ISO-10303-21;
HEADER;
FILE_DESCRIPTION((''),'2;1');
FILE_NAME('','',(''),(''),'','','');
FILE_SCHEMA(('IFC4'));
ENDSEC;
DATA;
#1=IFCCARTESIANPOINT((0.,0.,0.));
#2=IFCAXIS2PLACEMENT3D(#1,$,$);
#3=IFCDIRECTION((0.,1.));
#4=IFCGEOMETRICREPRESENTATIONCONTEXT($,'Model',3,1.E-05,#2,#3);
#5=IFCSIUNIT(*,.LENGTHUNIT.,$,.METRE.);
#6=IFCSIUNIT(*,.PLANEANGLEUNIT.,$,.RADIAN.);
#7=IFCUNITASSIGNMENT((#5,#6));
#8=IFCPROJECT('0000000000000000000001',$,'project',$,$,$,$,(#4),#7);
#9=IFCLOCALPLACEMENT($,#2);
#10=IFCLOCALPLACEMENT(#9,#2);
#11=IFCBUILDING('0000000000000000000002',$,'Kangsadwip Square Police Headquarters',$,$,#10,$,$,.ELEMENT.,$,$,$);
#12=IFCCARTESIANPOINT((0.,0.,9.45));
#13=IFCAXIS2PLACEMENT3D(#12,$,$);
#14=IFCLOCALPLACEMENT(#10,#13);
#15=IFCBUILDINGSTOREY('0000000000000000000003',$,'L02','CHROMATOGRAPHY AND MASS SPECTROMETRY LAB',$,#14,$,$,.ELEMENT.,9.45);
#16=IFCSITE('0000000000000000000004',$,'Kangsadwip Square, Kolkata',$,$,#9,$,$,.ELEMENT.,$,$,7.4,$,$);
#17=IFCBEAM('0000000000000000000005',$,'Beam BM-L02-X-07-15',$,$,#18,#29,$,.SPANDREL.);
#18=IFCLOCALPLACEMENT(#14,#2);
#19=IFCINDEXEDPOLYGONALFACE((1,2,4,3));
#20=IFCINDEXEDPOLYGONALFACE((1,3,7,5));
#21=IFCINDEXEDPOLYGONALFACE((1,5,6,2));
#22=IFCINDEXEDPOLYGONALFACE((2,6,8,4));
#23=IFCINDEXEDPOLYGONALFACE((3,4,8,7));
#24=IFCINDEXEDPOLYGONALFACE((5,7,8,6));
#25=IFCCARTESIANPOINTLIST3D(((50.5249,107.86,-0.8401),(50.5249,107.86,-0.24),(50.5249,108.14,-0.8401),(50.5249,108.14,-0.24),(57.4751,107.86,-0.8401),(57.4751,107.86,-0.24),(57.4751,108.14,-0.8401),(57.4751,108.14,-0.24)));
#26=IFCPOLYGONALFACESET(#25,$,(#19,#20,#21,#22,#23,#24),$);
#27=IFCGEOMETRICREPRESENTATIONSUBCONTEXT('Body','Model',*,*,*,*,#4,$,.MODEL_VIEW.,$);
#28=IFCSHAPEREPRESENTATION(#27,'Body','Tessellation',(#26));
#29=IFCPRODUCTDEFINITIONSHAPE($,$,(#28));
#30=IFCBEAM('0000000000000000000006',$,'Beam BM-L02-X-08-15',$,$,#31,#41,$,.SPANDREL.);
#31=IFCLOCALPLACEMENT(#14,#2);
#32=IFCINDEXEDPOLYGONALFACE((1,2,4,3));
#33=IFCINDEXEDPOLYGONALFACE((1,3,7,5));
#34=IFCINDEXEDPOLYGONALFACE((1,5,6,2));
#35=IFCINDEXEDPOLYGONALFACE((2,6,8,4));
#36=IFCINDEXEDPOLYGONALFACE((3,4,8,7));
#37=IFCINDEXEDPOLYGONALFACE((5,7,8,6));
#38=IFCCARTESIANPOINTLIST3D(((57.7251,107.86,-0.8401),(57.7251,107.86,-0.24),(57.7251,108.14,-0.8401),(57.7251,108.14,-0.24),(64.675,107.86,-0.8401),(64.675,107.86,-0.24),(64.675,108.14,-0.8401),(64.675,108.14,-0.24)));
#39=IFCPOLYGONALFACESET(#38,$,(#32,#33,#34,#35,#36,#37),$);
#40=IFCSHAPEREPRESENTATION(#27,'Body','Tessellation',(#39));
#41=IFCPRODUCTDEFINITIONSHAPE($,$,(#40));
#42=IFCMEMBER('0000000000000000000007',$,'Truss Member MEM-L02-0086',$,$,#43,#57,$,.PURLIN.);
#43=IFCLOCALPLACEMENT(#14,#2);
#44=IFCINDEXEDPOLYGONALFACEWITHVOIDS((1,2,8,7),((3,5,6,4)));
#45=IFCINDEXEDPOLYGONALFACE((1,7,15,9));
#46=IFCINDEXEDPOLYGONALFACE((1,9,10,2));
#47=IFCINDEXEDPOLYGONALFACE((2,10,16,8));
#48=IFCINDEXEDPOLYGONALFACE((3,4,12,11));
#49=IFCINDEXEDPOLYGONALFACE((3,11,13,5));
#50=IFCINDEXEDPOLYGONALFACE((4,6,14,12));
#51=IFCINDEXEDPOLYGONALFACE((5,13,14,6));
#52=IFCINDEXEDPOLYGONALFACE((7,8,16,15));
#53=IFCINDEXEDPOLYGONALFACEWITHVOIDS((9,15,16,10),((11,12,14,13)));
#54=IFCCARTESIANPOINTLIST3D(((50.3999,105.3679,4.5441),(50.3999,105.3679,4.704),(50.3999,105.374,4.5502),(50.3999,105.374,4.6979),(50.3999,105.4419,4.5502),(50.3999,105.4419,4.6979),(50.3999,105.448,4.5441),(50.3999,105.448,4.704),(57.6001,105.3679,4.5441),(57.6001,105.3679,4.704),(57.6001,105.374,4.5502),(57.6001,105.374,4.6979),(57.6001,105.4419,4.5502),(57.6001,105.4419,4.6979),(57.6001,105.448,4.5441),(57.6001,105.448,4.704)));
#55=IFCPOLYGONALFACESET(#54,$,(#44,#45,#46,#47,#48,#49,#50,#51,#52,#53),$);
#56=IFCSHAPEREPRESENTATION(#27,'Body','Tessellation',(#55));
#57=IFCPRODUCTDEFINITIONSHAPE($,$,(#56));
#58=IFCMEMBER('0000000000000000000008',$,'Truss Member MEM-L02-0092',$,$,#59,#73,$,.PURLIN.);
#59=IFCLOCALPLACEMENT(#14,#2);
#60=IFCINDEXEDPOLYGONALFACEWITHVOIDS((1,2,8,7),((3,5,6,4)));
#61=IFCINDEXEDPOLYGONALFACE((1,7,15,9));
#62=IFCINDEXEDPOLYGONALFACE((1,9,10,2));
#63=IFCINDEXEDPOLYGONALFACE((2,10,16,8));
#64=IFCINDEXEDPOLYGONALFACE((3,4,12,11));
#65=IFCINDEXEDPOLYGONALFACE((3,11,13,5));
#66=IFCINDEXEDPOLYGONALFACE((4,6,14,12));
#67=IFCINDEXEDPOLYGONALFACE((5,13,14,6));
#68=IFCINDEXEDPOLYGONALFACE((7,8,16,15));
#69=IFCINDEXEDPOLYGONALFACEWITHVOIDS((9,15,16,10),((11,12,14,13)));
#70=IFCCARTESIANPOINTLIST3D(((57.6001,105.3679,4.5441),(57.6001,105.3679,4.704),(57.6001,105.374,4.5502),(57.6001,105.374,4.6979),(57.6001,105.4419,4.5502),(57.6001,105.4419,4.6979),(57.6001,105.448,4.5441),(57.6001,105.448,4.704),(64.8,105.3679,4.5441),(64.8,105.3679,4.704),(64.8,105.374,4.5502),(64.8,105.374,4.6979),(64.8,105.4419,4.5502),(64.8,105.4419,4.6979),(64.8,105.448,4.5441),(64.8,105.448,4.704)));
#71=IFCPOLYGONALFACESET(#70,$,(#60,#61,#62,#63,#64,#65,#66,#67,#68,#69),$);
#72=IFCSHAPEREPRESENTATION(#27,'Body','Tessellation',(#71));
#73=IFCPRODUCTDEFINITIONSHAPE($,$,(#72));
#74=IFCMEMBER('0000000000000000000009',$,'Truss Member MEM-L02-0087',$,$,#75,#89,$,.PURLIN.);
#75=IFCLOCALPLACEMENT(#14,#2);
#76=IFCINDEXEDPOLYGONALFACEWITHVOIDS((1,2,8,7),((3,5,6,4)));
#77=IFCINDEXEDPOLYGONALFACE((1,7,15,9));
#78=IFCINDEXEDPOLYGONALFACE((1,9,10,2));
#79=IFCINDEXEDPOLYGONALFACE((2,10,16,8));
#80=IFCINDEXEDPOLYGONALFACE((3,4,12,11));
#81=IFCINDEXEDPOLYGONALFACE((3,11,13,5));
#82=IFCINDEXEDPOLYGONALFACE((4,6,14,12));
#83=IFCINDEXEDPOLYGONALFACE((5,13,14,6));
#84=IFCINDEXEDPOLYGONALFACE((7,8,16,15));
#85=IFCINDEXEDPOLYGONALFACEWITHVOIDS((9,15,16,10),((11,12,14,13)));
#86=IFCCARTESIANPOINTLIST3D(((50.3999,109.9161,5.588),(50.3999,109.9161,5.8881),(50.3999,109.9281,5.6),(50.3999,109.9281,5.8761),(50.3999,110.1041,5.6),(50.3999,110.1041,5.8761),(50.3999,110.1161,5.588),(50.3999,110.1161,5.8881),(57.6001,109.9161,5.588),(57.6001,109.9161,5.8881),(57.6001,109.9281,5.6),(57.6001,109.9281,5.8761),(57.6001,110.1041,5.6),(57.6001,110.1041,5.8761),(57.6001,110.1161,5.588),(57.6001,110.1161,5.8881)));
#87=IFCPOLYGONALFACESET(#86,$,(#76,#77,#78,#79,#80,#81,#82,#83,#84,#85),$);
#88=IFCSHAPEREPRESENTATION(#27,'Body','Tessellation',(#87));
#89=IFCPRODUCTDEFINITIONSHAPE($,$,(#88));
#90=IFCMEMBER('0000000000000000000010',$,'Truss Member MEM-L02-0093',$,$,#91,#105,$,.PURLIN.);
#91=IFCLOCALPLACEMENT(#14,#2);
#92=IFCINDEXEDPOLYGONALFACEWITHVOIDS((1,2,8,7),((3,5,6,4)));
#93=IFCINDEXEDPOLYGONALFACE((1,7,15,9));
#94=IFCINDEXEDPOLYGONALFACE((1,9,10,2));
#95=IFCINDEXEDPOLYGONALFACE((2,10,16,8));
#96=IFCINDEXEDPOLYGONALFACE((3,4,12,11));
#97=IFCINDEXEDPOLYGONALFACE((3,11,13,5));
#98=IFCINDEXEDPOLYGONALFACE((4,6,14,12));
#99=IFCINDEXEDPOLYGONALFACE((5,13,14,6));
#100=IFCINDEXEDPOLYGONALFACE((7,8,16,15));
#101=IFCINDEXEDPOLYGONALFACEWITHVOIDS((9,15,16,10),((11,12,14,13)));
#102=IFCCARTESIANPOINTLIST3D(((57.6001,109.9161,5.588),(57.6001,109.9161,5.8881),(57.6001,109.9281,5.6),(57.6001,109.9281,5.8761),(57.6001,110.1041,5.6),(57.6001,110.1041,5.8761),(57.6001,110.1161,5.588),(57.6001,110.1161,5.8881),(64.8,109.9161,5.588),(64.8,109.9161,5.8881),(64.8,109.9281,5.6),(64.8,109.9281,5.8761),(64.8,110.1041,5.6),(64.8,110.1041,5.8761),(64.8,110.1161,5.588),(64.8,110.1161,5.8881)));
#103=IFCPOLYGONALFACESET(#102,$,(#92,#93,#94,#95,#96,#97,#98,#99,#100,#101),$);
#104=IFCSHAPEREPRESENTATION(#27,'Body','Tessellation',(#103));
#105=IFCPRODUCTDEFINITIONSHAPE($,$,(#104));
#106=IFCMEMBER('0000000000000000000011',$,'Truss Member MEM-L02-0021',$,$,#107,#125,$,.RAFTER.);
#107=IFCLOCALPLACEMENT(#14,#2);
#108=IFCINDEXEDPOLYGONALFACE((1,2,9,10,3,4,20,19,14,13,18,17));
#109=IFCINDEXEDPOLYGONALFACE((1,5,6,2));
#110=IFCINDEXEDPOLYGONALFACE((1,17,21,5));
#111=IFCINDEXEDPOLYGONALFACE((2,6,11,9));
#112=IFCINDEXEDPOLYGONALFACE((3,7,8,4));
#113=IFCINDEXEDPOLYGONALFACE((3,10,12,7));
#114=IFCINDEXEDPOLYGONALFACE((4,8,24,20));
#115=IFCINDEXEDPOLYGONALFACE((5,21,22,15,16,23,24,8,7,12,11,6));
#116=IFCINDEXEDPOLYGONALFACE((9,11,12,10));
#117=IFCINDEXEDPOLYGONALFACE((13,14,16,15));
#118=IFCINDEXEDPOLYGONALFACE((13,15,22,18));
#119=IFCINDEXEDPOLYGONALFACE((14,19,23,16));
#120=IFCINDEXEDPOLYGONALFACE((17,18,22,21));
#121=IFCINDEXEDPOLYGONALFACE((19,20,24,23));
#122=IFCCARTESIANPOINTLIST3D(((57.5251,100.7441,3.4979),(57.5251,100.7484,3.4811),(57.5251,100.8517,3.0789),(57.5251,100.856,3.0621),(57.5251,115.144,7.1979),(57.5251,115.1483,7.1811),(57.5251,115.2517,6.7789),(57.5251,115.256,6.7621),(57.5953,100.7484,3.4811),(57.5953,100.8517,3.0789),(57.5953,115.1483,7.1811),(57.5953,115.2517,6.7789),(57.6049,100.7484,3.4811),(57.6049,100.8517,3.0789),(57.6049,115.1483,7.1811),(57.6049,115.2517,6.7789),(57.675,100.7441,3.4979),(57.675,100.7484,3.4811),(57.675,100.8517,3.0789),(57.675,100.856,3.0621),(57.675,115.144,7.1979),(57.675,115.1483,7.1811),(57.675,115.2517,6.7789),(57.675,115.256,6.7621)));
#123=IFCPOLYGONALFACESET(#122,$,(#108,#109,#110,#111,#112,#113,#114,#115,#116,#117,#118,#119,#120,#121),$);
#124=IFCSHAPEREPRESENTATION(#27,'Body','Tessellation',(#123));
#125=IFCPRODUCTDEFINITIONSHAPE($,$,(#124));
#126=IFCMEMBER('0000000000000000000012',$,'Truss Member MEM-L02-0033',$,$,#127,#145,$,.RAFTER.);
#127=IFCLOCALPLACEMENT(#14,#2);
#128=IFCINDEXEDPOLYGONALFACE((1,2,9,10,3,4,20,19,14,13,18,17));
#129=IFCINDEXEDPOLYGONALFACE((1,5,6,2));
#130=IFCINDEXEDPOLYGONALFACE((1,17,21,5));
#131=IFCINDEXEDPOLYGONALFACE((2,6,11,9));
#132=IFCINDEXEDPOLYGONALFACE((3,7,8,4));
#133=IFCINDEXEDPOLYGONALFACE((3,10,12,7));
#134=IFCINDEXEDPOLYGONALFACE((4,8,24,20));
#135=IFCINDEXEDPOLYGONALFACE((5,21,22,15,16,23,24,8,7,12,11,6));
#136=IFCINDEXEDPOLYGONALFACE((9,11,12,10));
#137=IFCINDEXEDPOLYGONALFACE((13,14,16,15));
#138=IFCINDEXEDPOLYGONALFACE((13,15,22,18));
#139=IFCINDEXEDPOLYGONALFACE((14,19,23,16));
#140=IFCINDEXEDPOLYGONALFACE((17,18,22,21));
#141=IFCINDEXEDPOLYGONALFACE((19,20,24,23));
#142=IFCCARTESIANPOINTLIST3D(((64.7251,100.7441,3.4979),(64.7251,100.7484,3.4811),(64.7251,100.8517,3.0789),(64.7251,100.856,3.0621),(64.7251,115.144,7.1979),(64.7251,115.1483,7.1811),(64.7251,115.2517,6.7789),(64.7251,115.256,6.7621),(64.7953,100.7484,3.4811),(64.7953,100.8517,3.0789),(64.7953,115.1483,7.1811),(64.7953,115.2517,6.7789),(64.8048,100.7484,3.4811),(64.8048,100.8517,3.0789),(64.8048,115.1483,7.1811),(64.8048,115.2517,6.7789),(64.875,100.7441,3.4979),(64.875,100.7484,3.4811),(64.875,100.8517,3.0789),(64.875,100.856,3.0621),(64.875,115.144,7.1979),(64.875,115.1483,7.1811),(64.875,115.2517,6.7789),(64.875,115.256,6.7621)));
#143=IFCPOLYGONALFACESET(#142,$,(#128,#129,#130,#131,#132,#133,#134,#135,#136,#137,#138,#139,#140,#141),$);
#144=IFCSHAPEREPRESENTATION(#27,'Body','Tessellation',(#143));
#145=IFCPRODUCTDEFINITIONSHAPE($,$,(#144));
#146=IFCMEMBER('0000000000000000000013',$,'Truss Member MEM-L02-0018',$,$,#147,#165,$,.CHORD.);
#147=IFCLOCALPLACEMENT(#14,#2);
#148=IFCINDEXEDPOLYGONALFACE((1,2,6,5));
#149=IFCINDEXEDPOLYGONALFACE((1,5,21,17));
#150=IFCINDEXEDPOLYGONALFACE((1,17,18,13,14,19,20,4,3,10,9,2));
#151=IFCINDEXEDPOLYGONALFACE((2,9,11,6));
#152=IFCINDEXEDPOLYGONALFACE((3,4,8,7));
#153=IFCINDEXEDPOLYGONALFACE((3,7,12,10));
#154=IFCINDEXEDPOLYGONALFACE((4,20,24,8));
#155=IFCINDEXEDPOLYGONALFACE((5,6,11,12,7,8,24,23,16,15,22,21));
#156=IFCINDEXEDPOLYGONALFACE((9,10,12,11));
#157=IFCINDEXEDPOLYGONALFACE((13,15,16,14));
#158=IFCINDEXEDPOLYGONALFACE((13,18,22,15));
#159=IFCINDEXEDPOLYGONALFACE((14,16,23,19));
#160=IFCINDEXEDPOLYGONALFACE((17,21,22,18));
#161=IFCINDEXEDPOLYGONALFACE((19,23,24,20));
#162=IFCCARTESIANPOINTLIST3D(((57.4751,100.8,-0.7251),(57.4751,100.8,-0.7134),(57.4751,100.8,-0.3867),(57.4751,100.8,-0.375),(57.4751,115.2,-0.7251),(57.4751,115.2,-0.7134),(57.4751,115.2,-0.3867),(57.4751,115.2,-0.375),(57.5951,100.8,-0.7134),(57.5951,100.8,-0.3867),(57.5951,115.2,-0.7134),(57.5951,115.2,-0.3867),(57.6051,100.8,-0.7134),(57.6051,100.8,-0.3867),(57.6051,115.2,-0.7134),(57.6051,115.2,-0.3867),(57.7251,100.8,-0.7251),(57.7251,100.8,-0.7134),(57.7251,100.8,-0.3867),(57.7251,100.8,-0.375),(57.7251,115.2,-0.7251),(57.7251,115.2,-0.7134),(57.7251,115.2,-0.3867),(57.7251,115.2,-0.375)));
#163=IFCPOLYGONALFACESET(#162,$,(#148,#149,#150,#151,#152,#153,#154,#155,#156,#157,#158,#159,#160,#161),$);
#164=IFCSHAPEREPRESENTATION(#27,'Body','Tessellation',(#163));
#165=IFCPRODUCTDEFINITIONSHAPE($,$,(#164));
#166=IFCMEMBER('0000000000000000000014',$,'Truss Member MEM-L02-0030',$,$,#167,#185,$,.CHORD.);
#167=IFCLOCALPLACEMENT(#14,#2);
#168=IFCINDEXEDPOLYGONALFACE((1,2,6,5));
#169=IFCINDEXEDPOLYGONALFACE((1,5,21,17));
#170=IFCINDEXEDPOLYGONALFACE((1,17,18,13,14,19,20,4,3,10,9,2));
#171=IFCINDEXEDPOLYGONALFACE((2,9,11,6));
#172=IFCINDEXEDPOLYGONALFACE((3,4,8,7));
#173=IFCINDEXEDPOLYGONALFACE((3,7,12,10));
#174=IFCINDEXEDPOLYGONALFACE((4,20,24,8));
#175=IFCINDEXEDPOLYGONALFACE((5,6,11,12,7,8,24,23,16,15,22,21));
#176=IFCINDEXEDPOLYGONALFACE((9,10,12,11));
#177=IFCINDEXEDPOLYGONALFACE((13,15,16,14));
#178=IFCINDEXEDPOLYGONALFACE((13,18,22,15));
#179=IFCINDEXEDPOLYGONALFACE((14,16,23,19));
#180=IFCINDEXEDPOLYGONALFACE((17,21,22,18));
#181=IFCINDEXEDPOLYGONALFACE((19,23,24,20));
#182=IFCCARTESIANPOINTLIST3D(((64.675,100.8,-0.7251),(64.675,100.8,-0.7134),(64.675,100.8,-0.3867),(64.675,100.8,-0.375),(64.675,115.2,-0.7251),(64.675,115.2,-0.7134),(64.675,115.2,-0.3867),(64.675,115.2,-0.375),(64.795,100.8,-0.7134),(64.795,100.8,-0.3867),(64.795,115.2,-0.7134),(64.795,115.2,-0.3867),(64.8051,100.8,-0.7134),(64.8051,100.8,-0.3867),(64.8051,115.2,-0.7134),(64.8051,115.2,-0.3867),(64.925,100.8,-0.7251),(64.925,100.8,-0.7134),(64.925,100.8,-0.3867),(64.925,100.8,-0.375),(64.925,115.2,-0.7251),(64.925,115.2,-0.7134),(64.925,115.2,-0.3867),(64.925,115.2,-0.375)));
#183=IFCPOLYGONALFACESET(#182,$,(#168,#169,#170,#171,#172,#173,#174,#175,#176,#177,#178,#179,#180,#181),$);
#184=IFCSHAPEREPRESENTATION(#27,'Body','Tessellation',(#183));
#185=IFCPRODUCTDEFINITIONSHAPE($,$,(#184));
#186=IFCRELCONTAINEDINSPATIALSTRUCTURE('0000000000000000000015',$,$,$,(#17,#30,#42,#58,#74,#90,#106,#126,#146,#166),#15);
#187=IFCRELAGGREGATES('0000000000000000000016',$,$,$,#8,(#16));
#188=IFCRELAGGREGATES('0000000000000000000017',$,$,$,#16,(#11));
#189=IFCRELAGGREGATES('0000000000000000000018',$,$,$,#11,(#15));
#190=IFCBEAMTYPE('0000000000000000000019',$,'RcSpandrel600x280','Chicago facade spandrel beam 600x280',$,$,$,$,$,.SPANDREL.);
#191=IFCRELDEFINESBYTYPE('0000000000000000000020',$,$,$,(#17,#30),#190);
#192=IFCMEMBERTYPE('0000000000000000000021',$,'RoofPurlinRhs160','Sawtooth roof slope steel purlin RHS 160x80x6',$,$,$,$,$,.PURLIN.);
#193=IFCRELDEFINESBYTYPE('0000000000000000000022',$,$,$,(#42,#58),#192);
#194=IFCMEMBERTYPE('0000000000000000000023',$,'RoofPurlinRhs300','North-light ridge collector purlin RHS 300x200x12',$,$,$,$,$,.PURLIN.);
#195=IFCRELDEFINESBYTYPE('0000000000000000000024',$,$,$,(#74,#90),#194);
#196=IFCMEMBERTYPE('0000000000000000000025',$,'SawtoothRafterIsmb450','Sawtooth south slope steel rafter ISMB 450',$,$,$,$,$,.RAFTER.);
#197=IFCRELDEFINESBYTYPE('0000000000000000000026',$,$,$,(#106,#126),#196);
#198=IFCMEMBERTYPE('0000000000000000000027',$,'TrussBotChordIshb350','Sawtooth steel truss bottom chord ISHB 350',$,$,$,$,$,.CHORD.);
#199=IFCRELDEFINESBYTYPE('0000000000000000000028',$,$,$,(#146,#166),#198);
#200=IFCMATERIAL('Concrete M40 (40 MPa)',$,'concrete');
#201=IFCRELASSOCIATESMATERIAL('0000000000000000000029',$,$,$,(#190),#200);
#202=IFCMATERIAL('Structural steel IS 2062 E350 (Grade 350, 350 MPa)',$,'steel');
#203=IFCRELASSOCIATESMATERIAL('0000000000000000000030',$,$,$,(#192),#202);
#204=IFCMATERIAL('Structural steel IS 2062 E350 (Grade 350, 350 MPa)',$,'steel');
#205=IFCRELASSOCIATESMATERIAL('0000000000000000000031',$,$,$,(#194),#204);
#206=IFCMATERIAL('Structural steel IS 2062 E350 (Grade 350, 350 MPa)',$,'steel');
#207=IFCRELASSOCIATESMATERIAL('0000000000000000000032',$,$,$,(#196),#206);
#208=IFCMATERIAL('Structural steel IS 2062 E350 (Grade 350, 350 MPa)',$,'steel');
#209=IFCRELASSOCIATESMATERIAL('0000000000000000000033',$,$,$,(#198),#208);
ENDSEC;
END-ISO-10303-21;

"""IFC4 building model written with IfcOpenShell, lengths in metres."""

from ifc_helpers import new_model, si_unit, direction, frame, origin, origin_2d, place, context, subcontext, project, spatial, rectangle, hollow_rectangle, i_section, extrude, material, material_profile, profile_set, type_object, element, save


model = new_model("IFC4")

# Units and contexts
model_context = context("Model", 3, precision=1e-05, world=origin(), true_north=direction((0.0, 1.0)))
body_context = subcontext(model_context, "Body", "Model", "MODEL_VIEW")
ifc_project = project(units=[si_unit("LENGTHUNIT", "METRE"), si_unit("PLANEANGLEUNIT", "RADIAN")], contexts=[model_context])

# Site, building, storey
site_placement = place(None, origin())
site = spatial("IfcSite", under=ifc_project, at=site_placement, Name="Kangsadwip Square, Kolkata", CompositionType="ELEMENT", RefElevation=7.4)
building_placement = place(site_placement, origin())
building = spatial("IfcBuilding", under=site, at=building_placement, Name="Kangsadwip Square Police Headquarters", CompositionType="ELEMENT")
storey_placement = place(building_placement, frame((0.0, 0.0, 9.45)))
storey = spatial("IfcBuildingStorey", under=building, at=storey_placement, Name="L02", Description="CHROMATOGRAPHY AND MASS SPECTROMETRY LAB", CompositionType="ELEMENT", Elevation=9.45)

# Beams
ifc_material_1 = material(Name="Concrete M40 (40 MPa)", Category="concrete")
ifc_material_profile_1 = material_profile(ifc_material_1, rectangle(XDim=0.28, YDim=0.6001, at=origin_2d()), Name="RC SPN 600X280")
ifc_profile_set_1 = profile_set([ifc_material_profile_1], Name="Concrete M40 (40 MPa)")
beam_type = type_object("IfcBeamType", Name="RcSpandrel600x280", Description="Chicago facade spandrel beam 600x280", PredefinedType="SPANDREL", material=ifc_profile_set_1)
beam_1_placement = place(storey_placement, frame((50.5249, 108.0, -0.54), z_axis=(1.0, 0.0, 0.0), x_axis=(0.0, 1.0, 0.0)))
element("IfcBeam", 1, at=beam_1_placement, inside=storey, type_object=beam_type, Name="Beam BM-L02-X-07-15", PredefinedType="SPANDREL", context=body_context, shape_type="SweptSolid", body=[
    extrude(rectangle(XDim=0.28, YDim=0.6001, at=origin_2d()), origin(), (0.0, 0.0, 1.0), 6.9502),
])
beam_2_placement = place(storey_placement, frame((57.7251, 108.0, -0.54), z_axis=(1.0, 0.0, 0.0), x_axis=(0.0, 1.0, 0.0)))
element("IfcBeam", 2, at=beam_2_placement, inside=storey, type_object=beam_type, Name="Beam BM-L02-X-08-15", PredefinedType="SPANDREL", context=body_context, shape_type="SweptSolid", body=[
    extrude(rectangle(XDim=0.28, YDim=0.6001, at=origin_2d()), origin(), (0.0, 0.0, 1.0), 6.95),
])

# Members
ifc_material_2 = material(Name="Structural steel IS 2062 E350 (Grade 350, 350 MPa)", Category="steel")
ifc_material_profile_2 = material_profile(ifc_material_2, hollow_rectangle(XDim=0.0801, YDim=0.1599, WallThickness=0.0061, at=origin_2d()), Name="RHS 160X80X6")
ifc_profile_set_2 = profile_set([ifc_material_profile_2], Name="Structural steel IS 2062 E350 (Grade 350, 350 MPa)")
member_type_1 = type_object("IfcMemberType", Name="RoofPurlinRhs160", Description="Sawtooth roof slope steel purlin RHS 160x80x6", PredefinedType="PURLIN", material=ifc_profile_set_2)
member_1_placement = place(storey_placement, frame((50.3999, 105.408, 4.624), z_axis=(1.0, 0.0, 0.0), x_axis=(0.0, 1.0, 0.0)))
element("IfcMember", 3, at=member_1_placement, inside=storey, type_object=member_type_1, Name="Truss Member MEM-L02-0086", PredefinedType="PURLIN", context=body_context, shape_type="SweptSolid", body=[
    extrude(hollow_rectangle(XDim=0.0801, YDim=0.1599, WallThickness=0.0061, at=origin_2d()), origin(), (0.0, 0.0, 1.0), 7.2002),
])
member_2_placement = place(storey_placement, frame((57.6001, 105.408, 4.624), z_axis=(1.0, 0.0, 0.0), x_axis=(0.0, 1.0, 0.0)))
element("IfcMember", 4, at=member_2_placement, inside=storey, type_object=member_type_1, Name="Truss Member MEM-L02-0092", PredefinedType="PURLIN", context=body_context, shape_type="SweptSolid", body=[
    extrude(hollow_rectangle(XDim=0.0801, YDim=0.1599, WallThickness=0.0061, at=origin_2d()), origin(), (0.0, 0.0, 1.0), 7.2),
])
ifc_material_3 = material(Name="Structural steel IS 2062 E350 (Grade 350, 350 MPa)", Category="steel")
ifc_material_profile_3 = material_profile(ifc_material_3, hollow_rectangle(XDim=0.2, YDim=0.3, WallThickness=0.012, at=origin_2d()), Name="RHS 300X200X12")
ifc_profile_set_3 = profile_set([ifc_material_profile_3], Name="Structural steel IS 2062 E350 (Grade 350, 350 MPa)")
member_type_2 = type_object("IfcMemberType", Name="RoofPurlinRhs300", Description="North-light ridge collector purlin RHS 300x200x12", PredefinedType="PURLIN", material=ifc_profile_set_3)
member_3_placement = place(storey_placement, frame((50.3999, 110.0161, 5.738), z_axis=(1.0, 0.0, 0.0), x_axis=(0.0, 1.0, 0.0)))
element("IfcMember", 5, at=member_3_placement, inside=storey, type_object=member_type_2, Name="Truss Member MEM-L02-0087", PredefinedType="PURLIN", context=body_context, shape_type="SweptSolid", body=[
    extrude(hollow_rectangle(XDim=0.2, YDim=0.3, WallThickness=0.012, at=origin_2d()), origin(), (0.0, 0.0, 1.0), 7.2002),
])
member_4_placement = place(storey_placement, frame((57.6001, 110.0161, 5.738), z_axis=(1.0, 0.0, 0.0), x_axis=(0.0, 1.0, 0.0)))
element("IfcMember", 6, at=member_4_placement, inside=storey, type_object=member_type_2, Name="Truss Member MEM-L02-0093", PredefinedType="PURLIN", context=body_context, shape_type="SweptSolid", body=[
    extrude(hollow_rectangle(XDim=0.2, YDim=0.3, WallThickness=0.012, at=origin_2d()), origin(), (0.0, 0.0, 1.0), 7.2),
])
ifc_material_4 = material(Name="Structural steel IS 2062 E350 (Grade 350, 350 MPa)", Category="steel")
ifc_material_profile_4 = material_profile(ifc_material_4, i_section(OverallWidth=0.1499, OverallDepth=0.45, WebThickness=0.0095, FlangeThickness=0.0173, at=origin_2d()), Name="ISMB 450")
ifc_profile_set_4 = profile_set([ifc_material_profile_4], Name="Structural steel IS 2062 E350 (Grade 350, 350 MPa)")
member_type_3 = type_object("IfcMemberType", Name="SawtoothRafterIsmb450", Description="Sawtooth south slope steel rafter ISMB 450", PredefinedType="RAFTER", material=ifc_profile_set_4)
for number, where, z_axis, x_axis, name in (
    (7, (57.6001, 100.8, 3.28), (0.0, 0.96854, 0.248859), (-1.0, 0.0, 0.0), "Truss Member MEM-L02-0021"),
    (8, (64.8, 100.8, 3.28), (0.0, 0.96854, 0.248859), (-1.0, 0.0, 0.0), "Truss Member MEM-L02-0033"),
):
    element("IfcMember", number, at=place(storey_placement, frame(where, z_axis=z_axis, x_axis=x_axis)), inside=storey, type_object=member_type_3, Name=name, PredefinedType="RAFTER", context=body_context, shape_type="SweptSolid", body=[
        extrude(i_section(OverallWidth=0.1499, OverallDepth=0.45, WebThickness=0.0095, FlangeThickness=0.0173, at=origin_2d()), origin(), (0.0, 0.0, 1.0), 14.8677),
    ])
ifc_material_5 = material(Name="Structural steel IS 2062 E350 (Grade 350, 350 MPa)", Category="steel")
ifc_material_profile_5 = material_profile(ifc_material_5, i_section(OverallWidth=0.25, OverallDepth=0.3501, WebThickness=0.01, FlangeThickness=0.0117, at=origin_2d()), Name="ISHB 350")
ifc_profile_set_5 = profile_set([ifc_material_profile_5], Name="Structural steel IS 2062 E350 (Grade 350, 350 MPa)")
member_type_4 = type_object("IfcMemberType", Name="TrussBotChordIshb350", Description="Sawtooth steel truss bottom chord ISHB 350", PredefinedType="CHORD", material=ifc_profile_set_5)
for number, where, z_axis, x_axis, name in (
    (9, (57.6001, 100.8, -0.55), (0.0, 1.0, 0.0), (-1.0, 0.0, 0.0), "Truss Member MEM-L02-0018"),
    (10, (64.8, 100.8, -0.55), (0.0, 1.0, 0.0), (-1.0, 0.0, 0.0), "Truss Member MEM-L02-0030"),
):
    element("IfcMember", number, at=place(storey_placement, frame(where, z_axis=z_axis, x_axis=x_axis)), inside=storey, type_object=member_type_4, Name=name, PredefinedType="CHORD", context=body_context, shape_type="SweptSolid", body=[
        extrude(i_section(OverallWidth=0.25, OverallDepth=0.3501, WebThickness=0.01, FlangeThickness=0.0117, at=origin_2d()), origin(), (0.0, 0.0, 1.0), 14.3999),
    ])

save(model, "model.ifc")
